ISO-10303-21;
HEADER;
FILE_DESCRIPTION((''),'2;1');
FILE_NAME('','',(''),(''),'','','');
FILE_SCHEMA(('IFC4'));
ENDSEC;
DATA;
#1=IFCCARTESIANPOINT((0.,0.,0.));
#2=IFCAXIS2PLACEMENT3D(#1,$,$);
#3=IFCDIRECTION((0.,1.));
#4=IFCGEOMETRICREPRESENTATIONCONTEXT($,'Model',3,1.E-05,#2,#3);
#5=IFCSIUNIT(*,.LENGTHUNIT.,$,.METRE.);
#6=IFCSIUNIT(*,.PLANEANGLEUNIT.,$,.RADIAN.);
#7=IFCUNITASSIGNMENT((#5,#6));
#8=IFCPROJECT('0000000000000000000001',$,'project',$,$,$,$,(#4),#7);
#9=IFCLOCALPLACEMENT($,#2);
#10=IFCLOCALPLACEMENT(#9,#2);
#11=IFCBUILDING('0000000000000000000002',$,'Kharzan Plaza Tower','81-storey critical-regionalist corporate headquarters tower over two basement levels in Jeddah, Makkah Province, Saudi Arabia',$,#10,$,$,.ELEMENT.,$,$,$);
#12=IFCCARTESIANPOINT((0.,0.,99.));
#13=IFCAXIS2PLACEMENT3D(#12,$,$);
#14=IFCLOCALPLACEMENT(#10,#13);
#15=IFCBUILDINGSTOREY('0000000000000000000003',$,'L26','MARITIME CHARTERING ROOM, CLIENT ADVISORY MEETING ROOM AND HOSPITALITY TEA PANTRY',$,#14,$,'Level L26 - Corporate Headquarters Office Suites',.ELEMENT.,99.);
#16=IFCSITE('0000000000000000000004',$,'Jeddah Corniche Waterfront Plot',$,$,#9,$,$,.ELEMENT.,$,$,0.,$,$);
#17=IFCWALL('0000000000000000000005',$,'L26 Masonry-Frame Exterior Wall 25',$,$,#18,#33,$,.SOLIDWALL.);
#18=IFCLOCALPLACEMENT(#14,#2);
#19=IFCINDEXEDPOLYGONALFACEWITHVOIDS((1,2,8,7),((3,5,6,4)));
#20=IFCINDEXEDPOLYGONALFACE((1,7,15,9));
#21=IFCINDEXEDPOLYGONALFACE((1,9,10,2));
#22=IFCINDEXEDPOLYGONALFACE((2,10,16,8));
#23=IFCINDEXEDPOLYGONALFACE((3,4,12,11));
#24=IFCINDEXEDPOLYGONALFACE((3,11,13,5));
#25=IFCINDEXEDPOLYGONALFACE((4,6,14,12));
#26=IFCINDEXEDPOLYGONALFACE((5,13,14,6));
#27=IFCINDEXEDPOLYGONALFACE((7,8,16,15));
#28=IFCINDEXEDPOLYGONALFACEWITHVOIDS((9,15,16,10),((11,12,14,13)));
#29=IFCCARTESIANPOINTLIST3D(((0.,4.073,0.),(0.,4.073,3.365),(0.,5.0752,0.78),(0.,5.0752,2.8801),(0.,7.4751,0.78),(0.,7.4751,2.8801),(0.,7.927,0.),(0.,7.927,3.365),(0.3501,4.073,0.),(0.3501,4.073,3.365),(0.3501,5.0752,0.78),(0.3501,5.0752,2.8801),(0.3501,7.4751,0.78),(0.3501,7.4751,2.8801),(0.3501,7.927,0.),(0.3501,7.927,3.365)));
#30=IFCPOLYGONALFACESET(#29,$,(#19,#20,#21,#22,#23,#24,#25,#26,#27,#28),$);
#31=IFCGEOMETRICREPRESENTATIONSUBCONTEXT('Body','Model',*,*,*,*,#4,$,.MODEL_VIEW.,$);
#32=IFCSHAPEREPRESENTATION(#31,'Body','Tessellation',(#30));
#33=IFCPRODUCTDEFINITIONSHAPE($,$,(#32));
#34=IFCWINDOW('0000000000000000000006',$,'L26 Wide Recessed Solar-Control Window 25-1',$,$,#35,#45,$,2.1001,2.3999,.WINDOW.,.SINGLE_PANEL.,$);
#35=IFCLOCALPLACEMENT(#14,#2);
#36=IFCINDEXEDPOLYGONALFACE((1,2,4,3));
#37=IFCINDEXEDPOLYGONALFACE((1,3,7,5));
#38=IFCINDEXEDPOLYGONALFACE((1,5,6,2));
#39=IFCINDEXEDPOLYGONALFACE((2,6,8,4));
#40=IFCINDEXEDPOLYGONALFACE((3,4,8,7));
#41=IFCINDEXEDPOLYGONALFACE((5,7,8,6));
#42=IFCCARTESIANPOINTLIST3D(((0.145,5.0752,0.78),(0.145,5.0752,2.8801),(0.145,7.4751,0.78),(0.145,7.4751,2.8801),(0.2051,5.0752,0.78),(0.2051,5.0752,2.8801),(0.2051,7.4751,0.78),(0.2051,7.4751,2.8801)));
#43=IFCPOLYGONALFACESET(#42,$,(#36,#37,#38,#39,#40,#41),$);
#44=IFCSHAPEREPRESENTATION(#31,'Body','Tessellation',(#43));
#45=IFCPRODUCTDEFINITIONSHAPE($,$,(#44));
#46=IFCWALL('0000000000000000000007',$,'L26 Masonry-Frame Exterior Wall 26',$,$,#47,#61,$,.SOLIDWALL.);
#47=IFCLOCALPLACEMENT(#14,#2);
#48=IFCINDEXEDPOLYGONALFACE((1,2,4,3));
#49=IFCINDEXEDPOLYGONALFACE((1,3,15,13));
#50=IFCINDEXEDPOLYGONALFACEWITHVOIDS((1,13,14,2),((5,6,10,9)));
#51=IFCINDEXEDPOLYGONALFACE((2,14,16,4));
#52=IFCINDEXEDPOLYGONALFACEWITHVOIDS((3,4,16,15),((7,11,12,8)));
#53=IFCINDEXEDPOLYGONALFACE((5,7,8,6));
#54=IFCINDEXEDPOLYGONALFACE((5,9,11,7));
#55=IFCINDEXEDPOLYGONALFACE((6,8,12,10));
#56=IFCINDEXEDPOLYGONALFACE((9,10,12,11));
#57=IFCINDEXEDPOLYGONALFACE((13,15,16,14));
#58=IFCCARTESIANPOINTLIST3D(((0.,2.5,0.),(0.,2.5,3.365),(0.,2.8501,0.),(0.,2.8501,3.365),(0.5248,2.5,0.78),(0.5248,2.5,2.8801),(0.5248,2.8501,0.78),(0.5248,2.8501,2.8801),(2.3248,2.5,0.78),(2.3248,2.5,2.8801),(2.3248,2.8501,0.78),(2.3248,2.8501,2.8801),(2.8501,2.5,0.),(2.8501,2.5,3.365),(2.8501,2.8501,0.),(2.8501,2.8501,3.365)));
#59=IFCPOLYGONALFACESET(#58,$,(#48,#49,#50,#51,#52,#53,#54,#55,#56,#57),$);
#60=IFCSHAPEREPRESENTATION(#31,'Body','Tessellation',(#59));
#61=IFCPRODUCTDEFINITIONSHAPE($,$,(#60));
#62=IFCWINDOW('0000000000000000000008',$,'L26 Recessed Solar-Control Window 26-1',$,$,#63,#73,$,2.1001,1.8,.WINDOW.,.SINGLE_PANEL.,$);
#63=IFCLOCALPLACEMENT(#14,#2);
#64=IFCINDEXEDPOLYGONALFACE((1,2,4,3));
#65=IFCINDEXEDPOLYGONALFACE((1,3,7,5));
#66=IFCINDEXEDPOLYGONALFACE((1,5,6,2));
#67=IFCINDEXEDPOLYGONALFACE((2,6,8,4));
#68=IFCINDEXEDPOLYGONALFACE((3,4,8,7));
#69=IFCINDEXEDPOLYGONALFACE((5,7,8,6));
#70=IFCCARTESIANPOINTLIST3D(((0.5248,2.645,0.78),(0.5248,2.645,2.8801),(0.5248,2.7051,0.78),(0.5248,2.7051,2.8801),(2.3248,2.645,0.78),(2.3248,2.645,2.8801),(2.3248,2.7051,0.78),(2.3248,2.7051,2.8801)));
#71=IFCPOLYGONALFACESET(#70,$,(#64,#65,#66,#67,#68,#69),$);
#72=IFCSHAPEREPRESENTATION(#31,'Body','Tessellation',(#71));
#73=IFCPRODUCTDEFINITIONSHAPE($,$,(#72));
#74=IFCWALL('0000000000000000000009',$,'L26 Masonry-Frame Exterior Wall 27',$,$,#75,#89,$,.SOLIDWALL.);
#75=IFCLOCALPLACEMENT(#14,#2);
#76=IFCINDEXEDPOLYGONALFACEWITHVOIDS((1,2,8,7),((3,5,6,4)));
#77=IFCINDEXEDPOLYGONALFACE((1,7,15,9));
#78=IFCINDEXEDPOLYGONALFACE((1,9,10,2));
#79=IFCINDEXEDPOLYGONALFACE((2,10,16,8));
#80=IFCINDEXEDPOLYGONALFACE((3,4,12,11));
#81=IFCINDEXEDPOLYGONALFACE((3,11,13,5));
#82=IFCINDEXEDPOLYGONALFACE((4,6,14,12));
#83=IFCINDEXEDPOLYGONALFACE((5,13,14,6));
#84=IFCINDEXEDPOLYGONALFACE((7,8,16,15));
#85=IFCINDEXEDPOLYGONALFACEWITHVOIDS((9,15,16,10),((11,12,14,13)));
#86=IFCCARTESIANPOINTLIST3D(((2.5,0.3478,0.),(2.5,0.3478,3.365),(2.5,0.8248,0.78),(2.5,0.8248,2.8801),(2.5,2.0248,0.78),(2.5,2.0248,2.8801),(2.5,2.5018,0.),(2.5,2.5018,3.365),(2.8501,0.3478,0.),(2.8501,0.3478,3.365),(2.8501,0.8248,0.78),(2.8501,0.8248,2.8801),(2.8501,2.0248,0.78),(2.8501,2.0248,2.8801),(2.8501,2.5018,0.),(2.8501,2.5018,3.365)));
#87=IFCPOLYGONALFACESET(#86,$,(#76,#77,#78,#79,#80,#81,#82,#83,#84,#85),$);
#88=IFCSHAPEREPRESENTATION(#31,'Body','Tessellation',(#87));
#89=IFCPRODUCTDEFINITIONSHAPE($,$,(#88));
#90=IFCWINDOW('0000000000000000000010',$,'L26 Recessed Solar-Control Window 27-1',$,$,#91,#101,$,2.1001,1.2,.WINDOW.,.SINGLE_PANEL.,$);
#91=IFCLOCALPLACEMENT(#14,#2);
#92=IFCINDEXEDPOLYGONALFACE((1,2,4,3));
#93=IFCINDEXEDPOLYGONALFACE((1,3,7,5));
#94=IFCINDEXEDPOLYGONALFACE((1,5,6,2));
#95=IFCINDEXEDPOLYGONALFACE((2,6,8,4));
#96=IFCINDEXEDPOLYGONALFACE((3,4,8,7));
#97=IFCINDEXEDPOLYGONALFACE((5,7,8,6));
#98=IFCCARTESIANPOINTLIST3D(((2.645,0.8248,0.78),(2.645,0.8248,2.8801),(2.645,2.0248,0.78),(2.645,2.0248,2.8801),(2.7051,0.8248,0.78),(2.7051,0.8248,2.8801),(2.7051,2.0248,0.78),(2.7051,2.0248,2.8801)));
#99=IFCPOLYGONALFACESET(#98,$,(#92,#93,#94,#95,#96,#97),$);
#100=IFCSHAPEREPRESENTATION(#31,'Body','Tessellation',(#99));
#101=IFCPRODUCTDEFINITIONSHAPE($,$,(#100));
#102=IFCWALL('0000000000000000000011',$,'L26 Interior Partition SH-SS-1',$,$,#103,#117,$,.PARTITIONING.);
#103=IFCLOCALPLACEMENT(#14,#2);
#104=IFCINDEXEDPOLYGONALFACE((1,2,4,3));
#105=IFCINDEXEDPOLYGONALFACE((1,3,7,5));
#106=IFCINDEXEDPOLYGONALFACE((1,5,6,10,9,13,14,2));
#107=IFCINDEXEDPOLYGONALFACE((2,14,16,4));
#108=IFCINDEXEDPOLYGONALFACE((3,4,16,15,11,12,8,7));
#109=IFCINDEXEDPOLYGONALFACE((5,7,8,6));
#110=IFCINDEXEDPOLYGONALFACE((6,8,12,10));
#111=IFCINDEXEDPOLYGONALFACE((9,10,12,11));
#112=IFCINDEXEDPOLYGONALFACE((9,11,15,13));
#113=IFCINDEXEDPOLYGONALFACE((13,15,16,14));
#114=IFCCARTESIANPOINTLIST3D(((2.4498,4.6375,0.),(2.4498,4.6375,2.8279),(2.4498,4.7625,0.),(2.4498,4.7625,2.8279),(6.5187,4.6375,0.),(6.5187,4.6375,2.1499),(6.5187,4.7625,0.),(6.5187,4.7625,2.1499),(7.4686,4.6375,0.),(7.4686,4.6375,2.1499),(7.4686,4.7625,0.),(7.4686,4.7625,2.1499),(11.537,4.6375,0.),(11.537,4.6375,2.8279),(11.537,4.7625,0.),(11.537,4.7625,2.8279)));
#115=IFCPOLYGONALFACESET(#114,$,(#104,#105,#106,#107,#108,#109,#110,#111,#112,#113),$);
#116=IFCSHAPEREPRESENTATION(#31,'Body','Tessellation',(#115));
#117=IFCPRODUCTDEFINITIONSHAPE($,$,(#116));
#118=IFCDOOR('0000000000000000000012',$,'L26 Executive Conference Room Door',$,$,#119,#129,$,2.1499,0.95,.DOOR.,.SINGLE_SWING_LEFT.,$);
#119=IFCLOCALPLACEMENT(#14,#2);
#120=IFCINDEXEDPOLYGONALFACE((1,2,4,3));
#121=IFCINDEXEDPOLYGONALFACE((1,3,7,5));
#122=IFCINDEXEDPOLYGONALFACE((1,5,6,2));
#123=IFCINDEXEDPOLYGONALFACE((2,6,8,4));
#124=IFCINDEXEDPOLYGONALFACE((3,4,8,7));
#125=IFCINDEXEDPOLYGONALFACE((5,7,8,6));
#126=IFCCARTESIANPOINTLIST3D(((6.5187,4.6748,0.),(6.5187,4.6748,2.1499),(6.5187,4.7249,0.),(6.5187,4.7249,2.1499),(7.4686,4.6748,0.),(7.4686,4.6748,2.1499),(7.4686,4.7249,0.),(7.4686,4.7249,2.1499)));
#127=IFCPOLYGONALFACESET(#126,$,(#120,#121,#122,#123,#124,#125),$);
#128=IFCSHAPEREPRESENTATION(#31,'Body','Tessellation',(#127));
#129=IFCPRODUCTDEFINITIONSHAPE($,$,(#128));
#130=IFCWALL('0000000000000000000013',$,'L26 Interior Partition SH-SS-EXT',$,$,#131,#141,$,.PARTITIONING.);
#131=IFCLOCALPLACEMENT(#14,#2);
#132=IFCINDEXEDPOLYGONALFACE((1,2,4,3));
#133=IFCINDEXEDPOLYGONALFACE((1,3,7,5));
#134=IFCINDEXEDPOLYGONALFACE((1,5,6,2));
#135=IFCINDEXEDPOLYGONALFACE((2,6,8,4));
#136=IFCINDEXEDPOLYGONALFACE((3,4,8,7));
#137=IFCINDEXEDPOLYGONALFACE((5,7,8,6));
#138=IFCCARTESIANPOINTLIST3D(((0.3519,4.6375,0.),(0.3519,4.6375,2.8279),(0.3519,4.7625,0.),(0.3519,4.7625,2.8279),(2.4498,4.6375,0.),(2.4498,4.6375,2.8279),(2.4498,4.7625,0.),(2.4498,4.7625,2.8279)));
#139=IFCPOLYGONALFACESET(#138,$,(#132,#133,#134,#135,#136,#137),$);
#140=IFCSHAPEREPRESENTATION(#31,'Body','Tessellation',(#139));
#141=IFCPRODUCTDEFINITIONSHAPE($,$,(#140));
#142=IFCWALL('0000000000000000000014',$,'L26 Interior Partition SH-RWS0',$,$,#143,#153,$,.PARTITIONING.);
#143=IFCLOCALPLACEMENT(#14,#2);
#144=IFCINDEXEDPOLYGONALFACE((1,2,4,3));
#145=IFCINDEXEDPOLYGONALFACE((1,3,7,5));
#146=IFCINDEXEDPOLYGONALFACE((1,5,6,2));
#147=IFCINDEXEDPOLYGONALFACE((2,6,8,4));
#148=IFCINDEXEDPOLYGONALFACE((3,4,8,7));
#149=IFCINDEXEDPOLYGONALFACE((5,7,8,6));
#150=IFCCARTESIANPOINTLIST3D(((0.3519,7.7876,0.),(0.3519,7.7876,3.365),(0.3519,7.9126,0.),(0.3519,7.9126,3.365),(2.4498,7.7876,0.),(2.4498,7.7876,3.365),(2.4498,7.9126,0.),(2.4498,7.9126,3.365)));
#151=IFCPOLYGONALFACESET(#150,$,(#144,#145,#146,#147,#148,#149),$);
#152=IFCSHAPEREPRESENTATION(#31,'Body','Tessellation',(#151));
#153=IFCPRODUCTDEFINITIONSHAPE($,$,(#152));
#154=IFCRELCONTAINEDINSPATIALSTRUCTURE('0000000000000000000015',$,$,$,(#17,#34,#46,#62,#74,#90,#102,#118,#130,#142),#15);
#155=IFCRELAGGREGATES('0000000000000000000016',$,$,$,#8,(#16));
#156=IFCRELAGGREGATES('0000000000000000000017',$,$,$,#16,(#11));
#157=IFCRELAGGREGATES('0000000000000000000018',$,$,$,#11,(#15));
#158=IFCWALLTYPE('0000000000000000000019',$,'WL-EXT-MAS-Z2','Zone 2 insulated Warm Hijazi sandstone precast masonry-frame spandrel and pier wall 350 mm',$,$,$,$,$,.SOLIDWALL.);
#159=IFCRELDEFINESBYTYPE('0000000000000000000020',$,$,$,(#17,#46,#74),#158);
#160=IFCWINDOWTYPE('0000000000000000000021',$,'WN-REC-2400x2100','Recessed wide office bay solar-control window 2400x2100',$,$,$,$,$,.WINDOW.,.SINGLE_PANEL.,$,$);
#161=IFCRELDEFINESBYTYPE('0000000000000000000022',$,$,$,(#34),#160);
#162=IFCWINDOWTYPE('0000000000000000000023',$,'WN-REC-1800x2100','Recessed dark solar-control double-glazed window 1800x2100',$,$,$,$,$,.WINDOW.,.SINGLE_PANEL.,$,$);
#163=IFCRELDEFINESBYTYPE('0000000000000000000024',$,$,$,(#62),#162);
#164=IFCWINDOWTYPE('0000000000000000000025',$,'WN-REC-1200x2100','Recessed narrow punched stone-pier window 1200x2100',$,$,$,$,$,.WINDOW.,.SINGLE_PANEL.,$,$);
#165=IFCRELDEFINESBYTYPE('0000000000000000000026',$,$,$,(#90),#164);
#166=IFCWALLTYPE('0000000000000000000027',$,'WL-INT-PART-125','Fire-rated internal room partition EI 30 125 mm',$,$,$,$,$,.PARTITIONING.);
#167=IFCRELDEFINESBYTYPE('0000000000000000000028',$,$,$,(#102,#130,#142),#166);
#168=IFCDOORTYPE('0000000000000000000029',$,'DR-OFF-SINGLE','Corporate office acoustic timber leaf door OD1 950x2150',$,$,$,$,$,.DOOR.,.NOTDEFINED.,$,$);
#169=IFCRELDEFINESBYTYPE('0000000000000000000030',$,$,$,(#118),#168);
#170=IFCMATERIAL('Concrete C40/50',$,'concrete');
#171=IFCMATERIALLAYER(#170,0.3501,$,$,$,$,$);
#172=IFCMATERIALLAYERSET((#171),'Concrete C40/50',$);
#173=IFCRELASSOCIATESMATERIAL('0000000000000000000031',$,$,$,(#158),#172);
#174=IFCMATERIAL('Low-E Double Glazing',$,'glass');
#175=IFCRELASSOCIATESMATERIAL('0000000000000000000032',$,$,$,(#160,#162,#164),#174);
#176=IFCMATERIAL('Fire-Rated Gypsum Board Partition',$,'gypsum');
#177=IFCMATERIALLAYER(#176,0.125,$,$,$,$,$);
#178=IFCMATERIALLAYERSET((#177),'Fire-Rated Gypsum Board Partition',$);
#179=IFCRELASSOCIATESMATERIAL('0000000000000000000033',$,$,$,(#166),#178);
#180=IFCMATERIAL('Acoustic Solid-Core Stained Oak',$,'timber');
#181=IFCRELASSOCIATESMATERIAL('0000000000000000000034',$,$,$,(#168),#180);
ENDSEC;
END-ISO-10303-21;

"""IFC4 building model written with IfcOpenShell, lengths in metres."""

from ifc_helpers import new_model, si_unit, direction, frame, frame_2d, origin, place, context, subcontext, project, spatial, rectangle, extrude, source, transform, mapped, material, layer, layer_set, type_object, element, fill, save


model = new_model("IFC4")

# Units and contexts
model_context = context("Model", 3, precision=1e-05, world=origin(), true_north=direction((0.0, 1.0)))
body_context = subcontext(model_context, "Body", "Model", "MODEL_VIEW")
ifc_project = project(units=[si_unit("LENGTHUNIT", "METRE"), si_unit("PLANEANGLEUNIT", "RADIAN")], contexts=[model_context])

# Site, building, storey
site_placement = place(None, origin())
site = spatial("IfcSite", under=ifc_project, at=site_placement, Name="Jeddah Corniche Waterfront Plot", CompositionType="ELEMENT", RefElevation=0.0)
building_placement = place(site_placement, origin())
building = spatial("IfcBuilding", under=site, at=building_placement, Name="Kharzan Plaza Tower", Description="81-storey critical-regionalist corporate headquarters tower over two basement levels in Jeddah, Makkah Province, Saudi Arabia", CompositionType="ELEMENT")
storey_placement = place(building_placement, frame((0.0, 0.0, 99.0)))
storey = spatial("IfcBuildingStorey", under=building, at=storey_placement, Name="L26", Description="MARITIME CHARTERING ROOM, CLIENT ADVISORY MEETING ROOM AND HOSPITALITY TEA PANTRY", LongName="Level L26 - Corporate Headquarters Office Suites", CompositionType="ELEMENT", Elevation=99.0)

# Shared definitions
ifc_material_1 = material(Name="Concrete C40/50", Category="concrete")

# Walls, openings, windows
ifc_layer_1 = layer(ifc_material_1, 0.3501)
ifc_layer_set_1 = layer_set([ifc_layer_1], Name="Concrete C40/50")
wall_type_1 = type_object("IfcWallType", Name="WL-EXT-MAS-Z2", Description="Zone 2 insulated Warm Hijazi sandstone precast masonry-frame spandrel and pier wall 350 mm", PredefinedType="SOLIDWALL", material=ifc_layer_set_1)
wall_1_placement = place(storey_placement, frame((0.175, 7.927, 0.0), z_axis=(0.0, 0.0, 1.0), x_axis=(0.0, -1.0, 0.0)))
wall_1 = element("IfcWall", 1, at=wall_1_placement, inside=storey, type_object=wall_type_1, Name="L26 Masonry-Frame Exterior Wall 25", PredefinedType="SOLIDWALL", context=body_context, shape_type="SweptSolid", body=[
    extrude(rectangle(XDim=3.854, YDim=0.3501, at=frame_2d((1.927, 0.0))), origin(), (0.0, 0.0, 1.0), 3.365),
])
opening_1_placement = place(wall_1_placement, frame((0.4519, 0.0, 0.78)))
opening_1 = element("IfcOpeningElement", 2, at=opening_1_placement, cuts=wall_1, PredefinedType="OPENING", context=body_context, shape_type="SweptSolid", body=[
    extrude(rectangle(XDim=2.3999, YDim=2.1001, at=frame_2d((1.2, 1.05))), frame((0.0, 0.1851, 0.0), z_axis=(0.0, -1.0, 0.0), x_axis=(1.0, 0.0, 0.0)), (0.0, 0.0, 1.0), 0.3701),
])
ifc_material_2 = material(Name="Low-E Double Glazing", Category="glass")
window_type_1 = type_object("IfcWindowType", Name="WN-REC-2400x2100", Description="Recessed wide office bay solar-control window 2400x2100", PartitioningType="SINGLE_PANEL", PredefinedType="WINDOW", material=ifc_material_2)
shared_shape_1 = source(origin(), body_context, "Body", "SweptSolid", [
    extrude(rectangle(XDim=2.3999, YDim=2.1001, at=frame_2d((1.2, 1.05))), frame((0.0, 0.03, 0.0), z_axis=(0.0, -1.0, 0.0), x_axis=(1.0, 0.0, 0.0)), (0.0, 0.0, 1.0), 0.0601),
])
window_1_placement = place(opening_1_placement, origin())
window_1 = element("IfcWindow", 3, at=window_1_placement, inside=storey, type_object=window_type_1, Name="L26 Wide Recessed Solar-Control Window 25-1", OverallHeight=2.1001, OverallWidth=2.3999, PartitioningType="SINGLE_PANEL", PredefinedType="WINDOW", context=body_context, shape_type="MappedRepresentation", body=[
    mapped(shared_shape_1, transform((0.0, 0.0, 0.0), x_axis=(1.0, 0.0, 0.0), y_axis=(0.0, 1.0, 0.0), z_axis=(0.0, 0.0, 1.0))),
])
fill(opening_1, window_1)
wall_2_placement = place(storey_placement, frame((0.0, 2.675, 0.0), z_axis=(0.0, 0.0, 1.0), x_axis=(1.0, 0.0, 0.0)))
wall_2 = element("IfcWall", 4, at=wall_2_placement, inside=storey, type_object=wall_type_1, Name="L26 Masonry-Frame Exterior Wall 26", PredefinedType="SOLIDWALL", context=body_context, shape_type="SweptSolid", body=[
    extrude(rectangle(XDim=2.8501, YDim=0.3501, at=frame_2d((1.425, 0.0))), origin(), (0.0, 0.0, 1.0), 3.365),
])
opening_2_placement = place(wall_2_placement, frame((0.5249, 0.0, 0.78)))
opening_2 = element("IfcOpeningElement", 5, at=opening_2_placement, cuts=wall_2, PredefinedType="OPENING", context=body_context, shape_type="SweptSolid", body=[
    extrude(rectangle(XDim=1.8, YDim=2.1001, at=frame_2d((0.8999, 1.05))), frame((0.0, 0.1851, 0.0), z_axis=(0.0, -1.0, 0.0), x_axis=(1.0, 0.0, 0.0)), (0.0, 0.0, 1.0), 0.3701),
])
window_type_2 = type_object("IfcWindowType", Name="WN-REC-1800x2100", Description="Recessed dark solar-control double-glazed window 1800x2100", PartitioningType="SINGLE_PANEL", PredefinedType="WINDOW", material=ifc_material_2)
shared_shape_2 = source(origin(), body_context, "Body", "SweptSolid", [
    extrude(rectangle(XDim=1.8, YDim=2.1001, at=frame_2d((0.8999, 1.05))), frame((0.0, 0.03, 0.0), z_axis=(0.0, -1.0, 0.0), x_axis=(1.0, 0.0, 0.0)), (0.0, 0.0, 1.0), 0.0601),
])
window_2_placement = place(opening_2_placement, origin())
window_2 = element("IfcWindow", 6, at=window_2_placement, inside=storey, type_object=window_type_2, Name="L26 Recessed Solar-Control Window 26-1", OverallHeight=2.1001, OverallWidth=1.8, PartitioningType="SINGLE_PANEL", PredefinedType="WINDOW", context=body_context, shape_type="MappedRepresentation", body=[
    mapped(shared_shape_2, transform((0.0, 0.0, 0.0), x_axis=(1.0, 0.0, 0.0), y_axis=(0.0, 1.0, 0.0), z_axis=(0.0, 0.0, 1.0))),
])
fill(opening_2, window_2)
wall_3_placement = place(storey_placement, frame((2.675, 2.502, 0.0), z_axis=(0.0, 0.0, 1.0), x_axis=(0.0, -1.0, 0.0)))
wall_3 = element("IfcWall", 7, at=wall_3_placement, inside=storey, type_object=wall_type_1, Name="L26 Masonry-Frame Exterior Wall 27", PredefinedType="SOLIDWALL", context=body_context, shape_type="SweptSolid", body=[
    extrude(rectangle(XDim=2.1541, YDim=0.3501, at=frame_2d((1.0771, 0.0))), origin(), (0.0, 0.0, 1.0), 3.365),
])
opening_3_placement = place(wall_3_placement, frame((0.4771, 0.0, 0.78)))
opening_3 = element("IfcOpeningElement", 8, at=opening_3_placement, cuts=wall_3, PredefinedType="OPENING", context=body_context, shape_type="SweptSolid", body=[
    extrude(rectangle(XDim=1.2, YDim=2.1001, at=frame_2d((0.6001, 1.05))), frame((0.0, 0.1851, 0.0), z_axis=(0.0, -1.0, 0.0), x_axis=(1.0, 0.0, 0.0)), (0.0, 0.0, 1.0), 0.3701),
])
window_type_3 = type_object("IfcWindowType", Name="WN-REC-1200x2100", Description="Recessed narrow punched stone-pier window 1200x2100", PartitioningType="SINGLE_PANEL", PredefinedType="WINDOW", material=ifc_material_2)
shared_shape_3 = source(origin(), body_context, "Body", "SweptSolid", [
    extrude(rectangle(XDim=1.2, YDim=2.1001, at=frame_2d((0.6001, 1.05))), frame((0.0, 0.03, 0.0), z_axis=(0.0, -1.0, 0.0), x_axis=(1.0, 0.0, 0.0)), (0.0, 0.0, 1.0), 0.0601),
])
window_3_placement = place(opening_3_placement, origin())
window_3 = element("IfcWindow", 9, at=window_3_placement, inside=storey, type_object=window_type_3, Name="L26 Recessed Solar-Control Window 27-1", OverallHeight=2.1001, OverallWidth=1.2, PartitioningType="SINGLE_PANEL", PredefinedType="WINDOW", context=body_context, shape_type="MappedRepresentation", body=[
    mapped(shared_shape_3, transform((0.0, 0.0, 0.0), x_axis=(1.0, 0.0, 0.0), y_axis=(0.0, 1.0, 0.0), z_axis=(0.0, 0.0, 1.0))),
])
fill(opening_3, window_3)

# Wall, opening, door
ifc_material_3 = material(Name="Fire-Rated Gypsum Board Partition", Category="gypsum")
ifc_layer_2 = layer(ifc_material_3, 0.125)
ifc_layer_set_2 = layer_set([ifc_layer_2], Name="Fire-Rated Gypsum Board Partition")
wall_type_2 = type_object("IfcWallType", Name="WL-INT-PART-125", Description="Fire-rated internal room partition EI 30 125 mm", PredefinedType="PARTITIONING", material=ifc_layer_set_2)
ifc_material_4 = material(Name="Acoustic Solid-Core Stained Oak", Category="timber")
door_type = type_object("IfcDoorType", Name="DR-OFF-SINGLE", Description="Corporate office acoustic timber leaf door OD1 950x2150", OperationType="NOTDEFINED", PredefinedType="DOOR", material=ifc_material_4)
shared_shape_4 = source(origin(), body_context, "Body", "SweptSolid", [
    extrude(rectangle(XDim=0.95, YDim=2.1499, at=frame_2d((0.4751, 1.075))), frame((0.0, 0.0249, 0.0), z_axis=(0.0, -1.0, 0.0), x_axis=(1.0, 0.0, 0.0)), (0.0, 0.0, 1.0), 0.05),
])
wall_4_placement = place(storey_placement, frame((2.45, 4.7, 0.0), z_axis=(0.0, 0.0, 1.0), x_axis=(1.0, 0.0, 0.0)))
wall_4 = element("IfcWall", 10, at=wall_4_placement, inside=storey, type_object=wall_type_2, Name="L26 Interior Partition SH-SS-1", PredefinedType="PARTITIONING", context=body_context, shape_type="SweptSolid", body=[
    extrude(rectangle(XDim=9.0872, YDim=0.125, at=frame_2d((4.5435, 0.0))), origin(), (0.0, 0.0, 1.0), 2.8279),
])
opening_4_placement = place(wall_4_placement, frame((4.0686, 0.0, 0.0)))
opening_4 = element("IfcOpeningElement", 11, at=opening_4_placement, cuts=wall_4, PredefinedType="OPENING", context=body_context, shape_type="SweptSolid", body=[
    extrude(rectangle(XDim=0.95, YDim=2.1499, at=frame_2d((0.4751, 1.075))), frame((0.0, 0.0725, 0.0), z_axis=(0.0, -1.0, 0.0), x_axis=(1.0, 0.0, 0.0)), (0.0, 0.0, 1.0), 0.145),
])
door_1_placement = place(opening_4_placement, origin())
door_1 = element("IfcDoor", 12, at=door_1_placement, inside=storey, type_object=door_type, Name="L26 Executive Conference Room Door", OperationType="SINGLE_SWING_LEFT", OverallHeight=2.1499, OverallWidth=0.95, PredefinedType="DOOR", context=body_context, shape_type="MappedRepresentation", body=[
    mapped(shared_shape_4, transform((0.0, 0.0, 0.0), x_axis=(1.0, 0.0, 0.0), y_axis=(0.0, 1.0, 0.0), z_axis=(0.0, 0.0, 1.0))),
])
fill(opening_4, door_1)

# Walls
shared_shape_5 = source(origin(), body_context, "Body", "SweptSolid", [
    extrude(rectangle(XDim=2.0979, YDim=0.125, at=frame_2d((1.0488, 0.0))), origin(), (0.0, 0.0, 1.0), 2.8279),
])
wall_5_placement = place(storey_placement, frame((0.3521, 4.7, 0.0), z_axis=(0.0, 0.0, 1.0), x_axis=(1.0, 0.0, 0.0)))
element("IfcWall", 13, at=wall_5_placement, inside=storey, type_object=wall_type_2, Name="L26 Interior Partition SH-SS-EXT", PredefinedType="PARTITIONING", context=body_context, shape_type="MappedRepresentation", body=[
    mapped(shared_shape_5, transform((0.0, 0.0, 0.0), x_axis=(1.0, 0.0, 0.0), y_axis=(0.0, 1.0, 0.0), z_axis=(0.0, 0.0, 1.0))),
])
shared_shape_6 = source(origin(), body_context, "Body", "SweptSolid", [
    extrude(rectangle(XDim=2.0979, YDim=0.125, at=frame_2d((1.0488, 0.0))), origin(), (0.0, 0.0, 1.0), 3.365),
])
wall_6_placement = place(storey_placement, frame((0.3521, 7.8501, 0.0), z_axis=(0.0, 0.0, 1.0), x_axis=(1.0, 0.0, 0.0)))
element("IfcWall", 14, at=wall_6_placement, inside=storey, type_object=wall_type_2, Name="L26 Interior Partition SH-RWS0", PredefinedType="PARTITIONING", context=body_context, shape_type="MappedRepresentation", body=[
    mapped(shared_shape_6, transform((0.0, 0.0, 0.0), x_axis=(1.0, 0.0, 0.0), y_axis=(0.0, 1.0, 0.0), z_axis=(0.0, 0.0, 1.0))),
])

save(model, "model.ifc")
